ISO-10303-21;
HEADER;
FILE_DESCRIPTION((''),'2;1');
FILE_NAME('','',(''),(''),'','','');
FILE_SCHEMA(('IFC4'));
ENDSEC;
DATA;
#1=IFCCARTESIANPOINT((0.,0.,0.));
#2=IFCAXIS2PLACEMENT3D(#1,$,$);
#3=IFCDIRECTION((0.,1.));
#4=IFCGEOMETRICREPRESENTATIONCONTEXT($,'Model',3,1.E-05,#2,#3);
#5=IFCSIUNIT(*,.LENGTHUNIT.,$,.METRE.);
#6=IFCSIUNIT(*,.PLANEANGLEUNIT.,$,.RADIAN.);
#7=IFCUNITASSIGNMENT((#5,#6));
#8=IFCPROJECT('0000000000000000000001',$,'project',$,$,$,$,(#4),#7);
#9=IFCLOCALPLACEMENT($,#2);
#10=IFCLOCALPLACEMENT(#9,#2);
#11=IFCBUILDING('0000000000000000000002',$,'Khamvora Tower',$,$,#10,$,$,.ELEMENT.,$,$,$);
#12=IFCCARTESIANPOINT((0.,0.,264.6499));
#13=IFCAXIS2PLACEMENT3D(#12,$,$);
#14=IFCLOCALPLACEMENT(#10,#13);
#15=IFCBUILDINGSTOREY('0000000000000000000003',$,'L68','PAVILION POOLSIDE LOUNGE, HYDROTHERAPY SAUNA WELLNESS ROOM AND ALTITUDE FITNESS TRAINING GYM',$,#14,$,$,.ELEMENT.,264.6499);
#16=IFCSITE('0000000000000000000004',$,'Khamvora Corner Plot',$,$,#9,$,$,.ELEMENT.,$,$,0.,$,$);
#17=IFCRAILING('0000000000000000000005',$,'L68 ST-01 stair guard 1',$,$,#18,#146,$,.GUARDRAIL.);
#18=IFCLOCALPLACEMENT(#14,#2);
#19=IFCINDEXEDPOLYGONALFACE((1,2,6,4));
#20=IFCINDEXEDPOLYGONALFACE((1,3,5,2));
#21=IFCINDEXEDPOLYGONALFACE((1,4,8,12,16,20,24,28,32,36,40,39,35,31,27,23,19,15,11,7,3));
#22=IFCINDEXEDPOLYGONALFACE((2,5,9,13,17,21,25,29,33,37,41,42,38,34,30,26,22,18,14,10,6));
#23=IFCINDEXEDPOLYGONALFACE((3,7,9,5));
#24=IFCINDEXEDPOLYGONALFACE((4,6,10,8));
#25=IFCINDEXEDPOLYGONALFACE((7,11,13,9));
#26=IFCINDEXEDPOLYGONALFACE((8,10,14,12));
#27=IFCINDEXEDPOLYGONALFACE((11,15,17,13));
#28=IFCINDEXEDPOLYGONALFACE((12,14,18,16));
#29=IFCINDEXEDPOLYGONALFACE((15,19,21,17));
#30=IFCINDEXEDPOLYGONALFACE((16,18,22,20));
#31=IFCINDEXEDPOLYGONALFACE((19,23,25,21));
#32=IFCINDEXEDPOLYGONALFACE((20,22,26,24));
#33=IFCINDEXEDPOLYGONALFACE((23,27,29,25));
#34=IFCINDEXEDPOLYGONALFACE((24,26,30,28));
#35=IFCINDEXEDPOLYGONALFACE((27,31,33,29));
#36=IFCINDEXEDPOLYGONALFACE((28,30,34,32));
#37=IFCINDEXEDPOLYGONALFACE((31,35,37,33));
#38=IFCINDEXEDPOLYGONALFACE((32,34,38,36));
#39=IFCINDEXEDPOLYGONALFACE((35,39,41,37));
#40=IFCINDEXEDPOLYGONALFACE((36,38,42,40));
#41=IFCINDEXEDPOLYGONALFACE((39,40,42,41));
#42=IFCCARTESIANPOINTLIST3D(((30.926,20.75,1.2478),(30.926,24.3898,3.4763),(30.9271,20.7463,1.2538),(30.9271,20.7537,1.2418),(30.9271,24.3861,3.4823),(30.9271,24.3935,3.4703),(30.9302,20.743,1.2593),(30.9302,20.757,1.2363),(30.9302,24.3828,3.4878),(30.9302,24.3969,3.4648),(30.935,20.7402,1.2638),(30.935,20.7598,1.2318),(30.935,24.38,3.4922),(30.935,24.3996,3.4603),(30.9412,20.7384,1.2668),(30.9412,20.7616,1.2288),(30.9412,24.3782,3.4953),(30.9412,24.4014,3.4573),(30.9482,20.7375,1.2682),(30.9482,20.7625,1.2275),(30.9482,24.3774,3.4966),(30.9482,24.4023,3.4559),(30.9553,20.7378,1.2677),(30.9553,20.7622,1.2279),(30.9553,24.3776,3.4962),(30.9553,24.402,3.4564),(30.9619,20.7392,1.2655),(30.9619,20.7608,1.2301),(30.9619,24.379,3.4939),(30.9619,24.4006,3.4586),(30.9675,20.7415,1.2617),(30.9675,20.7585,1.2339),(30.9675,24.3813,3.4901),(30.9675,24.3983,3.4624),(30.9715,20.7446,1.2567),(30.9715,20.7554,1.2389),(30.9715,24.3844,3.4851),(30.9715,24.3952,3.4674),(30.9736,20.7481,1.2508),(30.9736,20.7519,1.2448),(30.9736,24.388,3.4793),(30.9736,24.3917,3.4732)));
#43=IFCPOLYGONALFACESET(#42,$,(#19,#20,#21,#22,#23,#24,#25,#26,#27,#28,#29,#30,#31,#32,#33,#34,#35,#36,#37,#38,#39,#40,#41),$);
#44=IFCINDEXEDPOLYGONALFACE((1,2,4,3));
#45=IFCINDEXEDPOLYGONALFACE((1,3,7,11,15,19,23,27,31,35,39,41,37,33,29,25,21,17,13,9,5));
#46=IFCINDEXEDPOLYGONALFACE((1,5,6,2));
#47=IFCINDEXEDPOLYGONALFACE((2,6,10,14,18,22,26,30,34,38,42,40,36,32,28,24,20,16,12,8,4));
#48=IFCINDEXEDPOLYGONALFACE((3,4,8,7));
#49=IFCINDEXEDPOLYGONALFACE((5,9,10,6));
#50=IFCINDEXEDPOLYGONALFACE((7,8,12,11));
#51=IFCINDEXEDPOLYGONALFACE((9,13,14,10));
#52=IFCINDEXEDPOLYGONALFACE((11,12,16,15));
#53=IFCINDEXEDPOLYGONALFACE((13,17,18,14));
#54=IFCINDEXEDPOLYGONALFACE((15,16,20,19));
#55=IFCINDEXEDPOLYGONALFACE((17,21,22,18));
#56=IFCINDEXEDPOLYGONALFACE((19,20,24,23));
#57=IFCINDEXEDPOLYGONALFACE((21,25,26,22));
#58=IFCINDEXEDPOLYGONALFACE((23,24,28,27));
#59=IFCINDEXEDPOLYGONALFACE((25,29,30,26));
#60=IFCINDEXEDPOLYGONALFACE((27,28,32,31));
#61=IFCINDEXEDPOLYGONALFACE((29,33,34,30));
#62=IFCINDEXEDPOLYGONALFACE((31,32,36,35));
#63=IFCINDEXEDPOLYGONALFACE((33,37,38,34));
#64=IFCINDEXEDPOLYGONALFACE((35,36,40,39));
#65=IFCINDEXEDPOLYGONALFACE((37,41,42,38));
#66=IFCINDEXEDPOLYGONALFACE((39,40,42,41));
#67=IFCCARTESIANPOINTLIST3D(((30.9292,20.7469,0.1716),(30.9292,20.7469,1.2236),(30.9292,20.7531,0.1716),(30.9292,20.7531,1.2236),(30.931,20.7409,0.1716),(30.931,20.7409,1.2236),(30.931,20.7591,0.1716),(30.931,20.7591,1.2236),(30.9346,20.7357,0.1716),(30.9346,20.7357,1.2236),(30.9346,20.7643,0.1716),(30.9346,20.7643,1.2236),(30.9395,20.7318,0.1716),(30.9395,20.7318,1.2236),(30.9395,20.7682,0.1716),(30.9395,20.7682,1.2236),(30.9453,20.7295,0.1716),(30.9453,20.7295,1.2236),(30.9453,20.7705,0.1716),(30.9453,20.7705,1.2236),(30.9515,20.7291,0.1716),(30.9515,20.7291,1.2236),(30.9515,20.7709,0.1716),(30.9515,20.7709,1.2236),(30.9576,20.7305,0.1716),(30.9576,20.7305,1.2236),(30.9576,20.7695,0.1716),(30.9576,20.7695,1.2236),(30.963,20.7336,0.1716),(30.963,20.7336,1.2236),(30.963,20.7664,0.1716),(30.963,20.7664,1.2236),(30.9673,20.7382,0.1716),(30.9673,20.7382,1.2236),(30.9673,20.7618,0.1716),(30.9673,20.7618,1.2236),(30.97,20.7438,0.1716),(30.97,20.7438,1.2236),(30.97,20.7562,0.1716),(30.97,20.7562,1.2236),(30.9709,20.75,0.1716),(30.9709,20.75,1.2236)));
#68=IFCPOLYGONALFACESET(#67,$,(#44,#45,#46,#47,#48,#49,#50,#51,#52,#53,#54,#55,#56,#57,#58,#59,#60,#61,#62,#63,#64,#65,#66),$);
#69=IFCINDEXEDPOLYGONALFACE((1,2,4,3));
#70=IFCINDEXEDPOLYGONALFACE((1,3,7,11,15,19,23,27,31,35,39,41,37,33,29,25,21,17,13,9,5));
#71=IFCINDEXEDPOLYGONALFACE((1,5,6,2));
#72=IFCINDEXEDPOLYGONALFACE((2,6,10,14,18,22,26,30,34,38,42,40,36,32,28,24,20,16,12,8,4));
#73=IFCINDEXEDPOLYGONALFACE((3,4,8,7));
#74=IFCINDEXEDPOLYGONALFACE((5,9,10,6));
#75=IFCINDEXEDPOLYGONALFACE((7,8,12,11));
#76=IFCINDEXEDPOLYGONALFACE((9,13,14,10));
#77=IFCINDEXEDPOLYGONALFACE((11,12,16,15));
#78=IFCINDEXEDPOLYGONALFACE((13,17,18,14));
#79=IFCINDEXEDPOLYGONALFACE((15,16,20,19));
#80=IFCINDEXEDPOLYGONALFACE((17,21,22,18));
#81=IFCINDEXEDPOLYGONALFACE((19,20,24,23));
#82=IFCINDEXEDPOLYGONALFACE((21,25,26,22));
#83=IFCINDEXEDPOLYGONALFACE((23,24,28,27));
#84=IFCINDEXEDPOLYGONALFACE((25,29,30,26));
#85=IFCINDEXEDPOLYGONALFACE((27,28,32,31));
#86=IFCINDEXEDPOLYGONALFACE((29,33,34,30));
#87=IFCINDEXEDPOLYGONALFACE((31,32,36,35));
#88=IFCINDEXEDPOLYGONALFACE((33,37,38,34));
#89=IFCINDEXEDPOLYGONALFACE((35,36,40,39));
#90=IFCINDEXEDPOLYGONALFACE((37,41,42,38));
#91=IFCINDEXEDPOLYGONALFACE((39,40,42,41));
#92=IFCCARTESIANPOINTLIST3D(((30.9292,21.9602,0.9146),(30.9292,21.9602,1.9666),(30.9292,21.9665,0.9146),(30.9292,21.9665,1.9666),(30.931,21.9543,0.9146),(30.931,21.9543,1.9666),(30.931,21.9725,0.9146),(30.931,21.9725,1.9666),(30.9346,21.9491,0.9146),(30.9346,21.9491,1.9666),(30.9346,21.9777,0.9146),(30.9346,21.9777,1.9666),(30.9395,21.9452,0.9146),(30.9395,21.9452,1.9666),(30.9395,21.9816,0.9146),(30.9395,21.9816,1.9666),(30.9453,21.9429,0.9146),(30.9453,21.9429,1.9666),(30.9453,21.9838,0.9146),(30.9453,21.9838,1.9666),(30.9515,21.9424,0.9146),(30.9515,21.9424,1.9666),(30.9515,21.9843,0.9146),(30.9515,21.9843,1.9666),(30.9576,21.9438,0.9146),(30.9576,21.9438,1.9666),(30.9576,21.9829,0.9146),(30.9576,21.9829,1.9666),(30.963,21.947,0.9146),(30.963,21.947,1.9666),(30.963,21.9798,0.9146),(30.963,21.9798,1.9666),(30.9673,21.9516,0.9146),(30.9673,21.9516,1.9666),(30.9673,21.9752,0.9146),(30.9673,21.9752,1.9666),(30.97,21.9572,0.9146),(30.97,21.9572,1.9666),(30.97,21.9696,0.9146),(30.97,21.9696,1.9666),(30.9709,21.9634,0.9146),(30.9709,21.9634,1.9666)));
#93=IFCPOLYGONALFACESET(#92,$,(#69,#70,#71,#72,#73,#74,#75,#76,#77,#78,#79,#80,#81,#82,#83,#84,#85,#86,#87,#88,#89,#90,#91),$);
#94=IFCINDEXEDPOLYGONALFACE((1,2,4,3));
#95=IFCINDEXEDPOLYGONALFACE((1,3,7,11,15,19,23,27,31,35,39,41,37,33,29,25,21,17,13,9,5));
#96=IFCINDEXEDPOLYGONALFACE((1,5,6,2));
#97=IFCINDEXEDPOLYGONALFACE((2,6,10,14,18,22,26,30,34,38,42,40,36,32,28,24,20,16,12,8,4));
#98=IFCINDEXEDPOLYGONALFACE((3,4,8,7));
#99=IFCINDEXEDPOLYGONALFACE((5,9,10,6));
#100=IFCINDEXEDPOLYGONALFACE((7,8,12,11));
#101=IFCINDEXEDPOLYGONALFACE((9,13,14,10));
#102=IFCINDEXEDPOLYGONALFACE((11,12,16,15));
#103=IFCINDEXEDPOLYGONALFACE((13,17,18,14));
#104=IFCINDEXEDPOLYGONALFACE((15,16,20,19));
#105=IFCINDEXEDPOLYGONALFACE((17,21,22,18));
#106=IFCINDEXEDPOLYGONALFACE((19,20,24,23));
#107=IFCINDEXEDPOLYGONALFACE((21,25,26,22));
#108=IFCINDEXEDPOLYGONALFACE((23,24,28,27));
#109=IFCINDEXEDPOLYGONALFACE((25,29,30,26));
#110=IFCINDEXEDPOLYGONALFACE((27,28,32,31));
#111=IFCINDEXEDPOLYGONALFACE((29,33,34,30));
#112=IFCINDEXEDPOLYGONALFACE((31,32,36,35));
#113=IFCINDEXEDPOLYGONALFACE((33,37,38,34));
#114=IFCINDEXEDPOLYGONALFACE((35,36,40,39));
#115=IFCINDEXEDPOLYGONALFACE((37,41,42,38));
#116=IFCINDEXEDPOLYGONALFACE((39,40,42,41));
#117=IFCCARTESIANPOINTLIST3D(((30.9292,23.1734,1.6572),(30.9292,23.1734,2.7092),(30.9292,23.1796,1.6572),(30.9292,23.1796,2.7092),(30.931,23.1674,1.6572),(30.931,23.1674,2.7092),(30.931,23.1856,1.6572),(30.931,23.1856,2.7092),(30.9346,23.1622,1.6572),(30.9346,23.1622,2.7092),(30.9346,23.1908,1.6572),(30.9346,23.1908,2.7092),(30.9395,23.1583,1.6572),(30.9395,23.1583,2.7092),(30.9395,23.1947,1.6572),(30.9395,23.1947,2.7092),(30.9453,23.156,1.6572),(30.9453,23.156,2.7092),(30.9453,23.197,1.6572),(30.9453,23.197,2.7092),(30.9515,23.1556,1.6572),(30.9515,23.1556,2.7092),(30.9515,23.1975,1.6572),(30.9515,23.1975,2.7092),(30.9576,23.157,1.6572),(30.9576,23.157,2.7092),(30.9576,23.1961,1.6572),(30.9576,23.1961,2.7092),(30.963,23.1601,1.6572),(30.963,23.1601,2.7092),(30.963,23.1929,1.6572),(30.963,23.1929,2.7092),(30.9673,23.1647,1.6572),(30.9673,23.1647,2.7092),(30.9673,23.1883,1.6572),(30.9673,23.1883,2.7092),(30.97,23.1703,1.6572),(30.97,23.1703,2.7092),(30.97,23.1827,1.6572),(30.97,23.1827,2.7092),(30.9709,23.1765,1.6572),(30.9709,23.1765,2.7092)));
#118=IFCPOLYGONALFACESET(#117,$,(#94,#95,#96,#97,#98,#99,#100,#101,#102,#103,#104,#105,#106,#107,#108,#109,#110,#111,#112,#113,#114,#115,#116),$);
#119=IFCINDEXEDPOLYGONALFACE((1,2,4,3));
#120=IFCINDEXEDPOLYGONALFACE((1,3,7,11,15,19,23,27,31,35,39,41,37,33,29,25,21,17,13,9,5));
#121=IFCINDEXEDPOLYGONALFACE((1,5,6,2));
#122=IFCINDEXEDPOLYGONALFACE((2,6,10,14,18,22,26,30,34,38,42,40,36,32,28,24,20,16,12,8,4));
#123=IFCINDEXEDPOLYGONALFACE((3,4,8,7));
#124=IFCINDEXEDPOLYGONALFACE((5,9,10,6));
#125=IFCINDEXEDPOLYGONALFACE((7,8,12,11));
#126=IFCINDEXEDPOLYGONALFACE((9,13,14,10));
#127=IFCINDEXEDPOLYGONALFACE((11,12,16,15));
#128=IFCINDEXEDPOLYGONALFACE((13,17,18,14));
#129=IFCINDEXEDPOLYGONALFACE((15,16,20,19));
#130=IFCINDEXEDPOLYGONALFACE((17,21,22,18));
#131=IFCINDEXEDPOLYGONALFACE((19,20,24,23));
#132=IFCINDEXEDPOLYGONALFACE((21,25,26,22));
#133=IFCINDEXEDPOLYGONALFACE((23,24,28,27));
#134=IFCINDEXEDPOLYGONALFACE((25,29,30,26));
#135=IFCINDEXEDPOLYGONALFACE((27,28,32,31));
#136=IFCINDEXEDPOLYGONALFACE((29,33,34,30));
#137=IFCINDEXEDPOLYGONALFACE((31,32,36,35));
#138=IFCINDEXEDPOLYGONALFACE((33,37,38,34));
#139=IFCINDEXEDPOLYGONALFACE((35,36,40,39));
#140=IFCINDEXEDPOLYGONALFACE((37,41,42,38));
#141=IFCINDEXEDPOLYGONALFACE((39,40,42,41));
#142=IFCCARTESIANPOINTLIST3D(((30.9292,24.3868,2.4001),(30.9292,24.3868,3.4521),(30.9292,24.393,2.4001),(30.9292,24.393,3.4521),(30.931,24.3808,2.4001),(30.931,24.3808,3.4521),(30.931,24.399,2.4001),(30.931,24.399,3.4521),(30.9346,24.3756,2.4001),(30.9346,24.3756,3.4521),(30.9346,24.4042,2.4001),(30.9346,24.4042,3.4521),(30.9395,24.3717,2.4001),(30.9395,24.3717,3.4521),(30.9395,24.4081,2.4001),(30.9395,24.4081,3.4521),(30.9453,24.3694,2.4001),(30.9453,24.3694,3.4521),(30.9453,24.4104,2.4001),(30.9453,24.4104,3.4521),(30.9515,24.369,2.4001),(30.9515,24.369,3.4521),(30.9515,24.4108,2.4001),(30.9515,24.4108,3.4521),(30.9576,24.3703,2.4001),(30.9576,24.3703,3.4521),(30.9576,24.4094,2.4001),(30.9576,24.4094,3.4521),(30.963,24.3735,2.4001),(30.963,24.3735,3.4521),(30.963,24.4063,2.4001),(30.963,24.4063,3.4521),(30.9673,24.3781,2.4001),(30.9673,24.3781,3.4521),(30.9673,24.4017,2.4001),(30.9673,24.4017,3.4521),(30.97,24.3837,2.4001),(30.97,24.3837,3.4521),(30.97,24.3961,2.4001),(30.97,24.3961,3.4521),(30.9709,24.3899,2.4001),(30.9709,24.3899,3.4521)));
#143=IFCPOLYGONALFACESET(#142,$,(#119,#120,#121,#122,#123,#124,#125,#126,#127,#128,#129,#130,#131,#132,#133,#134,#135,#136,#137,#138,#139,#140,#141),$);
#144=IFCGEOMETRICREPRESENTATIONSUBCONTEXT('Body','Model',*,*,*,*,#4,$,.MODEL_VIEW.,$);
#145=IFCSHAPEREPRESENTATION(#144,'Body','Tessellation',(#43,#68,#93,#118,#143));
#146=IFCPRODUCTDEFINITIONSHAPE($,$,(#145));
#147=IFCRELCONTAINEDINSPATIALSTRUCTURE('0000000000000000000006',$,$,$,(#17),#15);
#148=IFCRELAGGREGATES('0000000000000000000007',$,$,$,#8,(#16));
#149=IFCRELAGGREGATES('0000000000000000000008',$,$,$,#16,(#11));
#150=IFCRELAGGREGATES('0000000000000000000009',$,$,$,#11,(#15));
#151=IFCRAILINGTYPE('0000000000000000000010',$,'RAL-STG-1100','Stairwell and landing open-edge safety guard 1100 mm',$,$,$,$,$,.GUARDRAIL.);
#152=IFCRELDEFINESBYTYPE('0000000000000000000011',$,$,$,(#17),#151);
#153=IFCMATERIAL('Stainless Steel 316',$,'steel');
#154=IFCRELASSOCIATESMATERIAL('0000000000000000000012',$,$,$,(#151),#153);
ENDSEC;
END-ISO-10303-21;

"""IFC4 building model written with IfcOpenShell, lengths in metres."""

from ifc_helpers import new_model, si_unit, direction, frame, origin, origin_2d, place, context, subcontext, project, spatial, circle, extrude, material, type_object, element, save


model = new_model("IFC4")

# Units and contexts
model_context = context("Model", 3, precision=1e-05, world=origin(), true_north=direction((0.0, 1.0)))
body_context = subcontext(model_context, "Body", "Model", "MODEL_VIEW")
ifc_project = project(units=[si_unit("LENGTHUNIT", "METRE"), si_unit("PLANEANGLEUNIT", "RADIAN")], contexts=[model_context])

# Site, building, storey
site_placement = place(None, origin())
site = spatial("IfcSite", under=ifc_project, at=site_placement, Name="Khamvora Corner Plot", CompositionType="ELEMENT", RefElevation=0.0)
building_placement = place(site_placement, origin())
building = spatial("IfcBuilding", under=site, at=building_placement, Name="Khamvora Tower", CompositionType="ELEMENT")
storey_placement = place(building_placement, frame((0.0, 0.0, 264.6499)))
storey = spatial("IfcBuildingStorey", under=building, at=storey_placement, Name="L68", Description="PAVILION POOLSIDE LOUNGE, HYDROTHERAPY SAUNA WELLNESS ROOM AND ALTITUDE FITNESS TRAINING GYM", CompositionType="ELEMENT", Elevation=264.6499)

# Railing
ifc_material_1 = material(Name="Stainless Steel 316", Category="steel")
railing_type_1 = type_object("IfcRailingType", Name="RAL-STG-1100", Description="Stairwell and landing open-edge safety guard 1100 mm", PredefinedType="GUARDRAIL", material=ifc_material_1)
railing_1_placement = place(storey_placement, frame((30.95, 20.75, 0.1716)))
element("IfcRailing", 1, at=railing_1_placement, inside=storey, type_object=railing_type_1, Name="L68 ST-01 stair guard 1", PredefinedType="GUARDRAIL", context=body_context, shape_type="SweptSolid", body=[
    extrude(circle(Radius=0.0239, at=origin_2d()), frame((0.0, 0.0, 1.0762), z_axis=(0.0, 0.85285, 0.522156), x_axis=(-1.0, 0.0, 0.0)), (0.0, 0.0, 1.0), 4.2678),
    extrude(circle(Radius=0.021, at=origin_2d()), origin(), (0.0, 0.0, 1.0), 1.052),
    extrude(circle(Radius=0.021, at=origin_2d()), frame((0.0, 1.2134, 0.7429)), (0.0, 0.0, 1.0), 1.052),
    extrude(circle(Radius=0.021, at=origin_2d()), frame((0.0, 2.4265, 1.4856)), (0.0, 0.0, 1.0), 1.052),
    extrude(circle(Radius=0.021, at=origin_2d()), frame((0.0, 3.6399, 2.2285)), (0.0, 0.0, 1.0), 1.052),
])

save(model, "model.ifc")
